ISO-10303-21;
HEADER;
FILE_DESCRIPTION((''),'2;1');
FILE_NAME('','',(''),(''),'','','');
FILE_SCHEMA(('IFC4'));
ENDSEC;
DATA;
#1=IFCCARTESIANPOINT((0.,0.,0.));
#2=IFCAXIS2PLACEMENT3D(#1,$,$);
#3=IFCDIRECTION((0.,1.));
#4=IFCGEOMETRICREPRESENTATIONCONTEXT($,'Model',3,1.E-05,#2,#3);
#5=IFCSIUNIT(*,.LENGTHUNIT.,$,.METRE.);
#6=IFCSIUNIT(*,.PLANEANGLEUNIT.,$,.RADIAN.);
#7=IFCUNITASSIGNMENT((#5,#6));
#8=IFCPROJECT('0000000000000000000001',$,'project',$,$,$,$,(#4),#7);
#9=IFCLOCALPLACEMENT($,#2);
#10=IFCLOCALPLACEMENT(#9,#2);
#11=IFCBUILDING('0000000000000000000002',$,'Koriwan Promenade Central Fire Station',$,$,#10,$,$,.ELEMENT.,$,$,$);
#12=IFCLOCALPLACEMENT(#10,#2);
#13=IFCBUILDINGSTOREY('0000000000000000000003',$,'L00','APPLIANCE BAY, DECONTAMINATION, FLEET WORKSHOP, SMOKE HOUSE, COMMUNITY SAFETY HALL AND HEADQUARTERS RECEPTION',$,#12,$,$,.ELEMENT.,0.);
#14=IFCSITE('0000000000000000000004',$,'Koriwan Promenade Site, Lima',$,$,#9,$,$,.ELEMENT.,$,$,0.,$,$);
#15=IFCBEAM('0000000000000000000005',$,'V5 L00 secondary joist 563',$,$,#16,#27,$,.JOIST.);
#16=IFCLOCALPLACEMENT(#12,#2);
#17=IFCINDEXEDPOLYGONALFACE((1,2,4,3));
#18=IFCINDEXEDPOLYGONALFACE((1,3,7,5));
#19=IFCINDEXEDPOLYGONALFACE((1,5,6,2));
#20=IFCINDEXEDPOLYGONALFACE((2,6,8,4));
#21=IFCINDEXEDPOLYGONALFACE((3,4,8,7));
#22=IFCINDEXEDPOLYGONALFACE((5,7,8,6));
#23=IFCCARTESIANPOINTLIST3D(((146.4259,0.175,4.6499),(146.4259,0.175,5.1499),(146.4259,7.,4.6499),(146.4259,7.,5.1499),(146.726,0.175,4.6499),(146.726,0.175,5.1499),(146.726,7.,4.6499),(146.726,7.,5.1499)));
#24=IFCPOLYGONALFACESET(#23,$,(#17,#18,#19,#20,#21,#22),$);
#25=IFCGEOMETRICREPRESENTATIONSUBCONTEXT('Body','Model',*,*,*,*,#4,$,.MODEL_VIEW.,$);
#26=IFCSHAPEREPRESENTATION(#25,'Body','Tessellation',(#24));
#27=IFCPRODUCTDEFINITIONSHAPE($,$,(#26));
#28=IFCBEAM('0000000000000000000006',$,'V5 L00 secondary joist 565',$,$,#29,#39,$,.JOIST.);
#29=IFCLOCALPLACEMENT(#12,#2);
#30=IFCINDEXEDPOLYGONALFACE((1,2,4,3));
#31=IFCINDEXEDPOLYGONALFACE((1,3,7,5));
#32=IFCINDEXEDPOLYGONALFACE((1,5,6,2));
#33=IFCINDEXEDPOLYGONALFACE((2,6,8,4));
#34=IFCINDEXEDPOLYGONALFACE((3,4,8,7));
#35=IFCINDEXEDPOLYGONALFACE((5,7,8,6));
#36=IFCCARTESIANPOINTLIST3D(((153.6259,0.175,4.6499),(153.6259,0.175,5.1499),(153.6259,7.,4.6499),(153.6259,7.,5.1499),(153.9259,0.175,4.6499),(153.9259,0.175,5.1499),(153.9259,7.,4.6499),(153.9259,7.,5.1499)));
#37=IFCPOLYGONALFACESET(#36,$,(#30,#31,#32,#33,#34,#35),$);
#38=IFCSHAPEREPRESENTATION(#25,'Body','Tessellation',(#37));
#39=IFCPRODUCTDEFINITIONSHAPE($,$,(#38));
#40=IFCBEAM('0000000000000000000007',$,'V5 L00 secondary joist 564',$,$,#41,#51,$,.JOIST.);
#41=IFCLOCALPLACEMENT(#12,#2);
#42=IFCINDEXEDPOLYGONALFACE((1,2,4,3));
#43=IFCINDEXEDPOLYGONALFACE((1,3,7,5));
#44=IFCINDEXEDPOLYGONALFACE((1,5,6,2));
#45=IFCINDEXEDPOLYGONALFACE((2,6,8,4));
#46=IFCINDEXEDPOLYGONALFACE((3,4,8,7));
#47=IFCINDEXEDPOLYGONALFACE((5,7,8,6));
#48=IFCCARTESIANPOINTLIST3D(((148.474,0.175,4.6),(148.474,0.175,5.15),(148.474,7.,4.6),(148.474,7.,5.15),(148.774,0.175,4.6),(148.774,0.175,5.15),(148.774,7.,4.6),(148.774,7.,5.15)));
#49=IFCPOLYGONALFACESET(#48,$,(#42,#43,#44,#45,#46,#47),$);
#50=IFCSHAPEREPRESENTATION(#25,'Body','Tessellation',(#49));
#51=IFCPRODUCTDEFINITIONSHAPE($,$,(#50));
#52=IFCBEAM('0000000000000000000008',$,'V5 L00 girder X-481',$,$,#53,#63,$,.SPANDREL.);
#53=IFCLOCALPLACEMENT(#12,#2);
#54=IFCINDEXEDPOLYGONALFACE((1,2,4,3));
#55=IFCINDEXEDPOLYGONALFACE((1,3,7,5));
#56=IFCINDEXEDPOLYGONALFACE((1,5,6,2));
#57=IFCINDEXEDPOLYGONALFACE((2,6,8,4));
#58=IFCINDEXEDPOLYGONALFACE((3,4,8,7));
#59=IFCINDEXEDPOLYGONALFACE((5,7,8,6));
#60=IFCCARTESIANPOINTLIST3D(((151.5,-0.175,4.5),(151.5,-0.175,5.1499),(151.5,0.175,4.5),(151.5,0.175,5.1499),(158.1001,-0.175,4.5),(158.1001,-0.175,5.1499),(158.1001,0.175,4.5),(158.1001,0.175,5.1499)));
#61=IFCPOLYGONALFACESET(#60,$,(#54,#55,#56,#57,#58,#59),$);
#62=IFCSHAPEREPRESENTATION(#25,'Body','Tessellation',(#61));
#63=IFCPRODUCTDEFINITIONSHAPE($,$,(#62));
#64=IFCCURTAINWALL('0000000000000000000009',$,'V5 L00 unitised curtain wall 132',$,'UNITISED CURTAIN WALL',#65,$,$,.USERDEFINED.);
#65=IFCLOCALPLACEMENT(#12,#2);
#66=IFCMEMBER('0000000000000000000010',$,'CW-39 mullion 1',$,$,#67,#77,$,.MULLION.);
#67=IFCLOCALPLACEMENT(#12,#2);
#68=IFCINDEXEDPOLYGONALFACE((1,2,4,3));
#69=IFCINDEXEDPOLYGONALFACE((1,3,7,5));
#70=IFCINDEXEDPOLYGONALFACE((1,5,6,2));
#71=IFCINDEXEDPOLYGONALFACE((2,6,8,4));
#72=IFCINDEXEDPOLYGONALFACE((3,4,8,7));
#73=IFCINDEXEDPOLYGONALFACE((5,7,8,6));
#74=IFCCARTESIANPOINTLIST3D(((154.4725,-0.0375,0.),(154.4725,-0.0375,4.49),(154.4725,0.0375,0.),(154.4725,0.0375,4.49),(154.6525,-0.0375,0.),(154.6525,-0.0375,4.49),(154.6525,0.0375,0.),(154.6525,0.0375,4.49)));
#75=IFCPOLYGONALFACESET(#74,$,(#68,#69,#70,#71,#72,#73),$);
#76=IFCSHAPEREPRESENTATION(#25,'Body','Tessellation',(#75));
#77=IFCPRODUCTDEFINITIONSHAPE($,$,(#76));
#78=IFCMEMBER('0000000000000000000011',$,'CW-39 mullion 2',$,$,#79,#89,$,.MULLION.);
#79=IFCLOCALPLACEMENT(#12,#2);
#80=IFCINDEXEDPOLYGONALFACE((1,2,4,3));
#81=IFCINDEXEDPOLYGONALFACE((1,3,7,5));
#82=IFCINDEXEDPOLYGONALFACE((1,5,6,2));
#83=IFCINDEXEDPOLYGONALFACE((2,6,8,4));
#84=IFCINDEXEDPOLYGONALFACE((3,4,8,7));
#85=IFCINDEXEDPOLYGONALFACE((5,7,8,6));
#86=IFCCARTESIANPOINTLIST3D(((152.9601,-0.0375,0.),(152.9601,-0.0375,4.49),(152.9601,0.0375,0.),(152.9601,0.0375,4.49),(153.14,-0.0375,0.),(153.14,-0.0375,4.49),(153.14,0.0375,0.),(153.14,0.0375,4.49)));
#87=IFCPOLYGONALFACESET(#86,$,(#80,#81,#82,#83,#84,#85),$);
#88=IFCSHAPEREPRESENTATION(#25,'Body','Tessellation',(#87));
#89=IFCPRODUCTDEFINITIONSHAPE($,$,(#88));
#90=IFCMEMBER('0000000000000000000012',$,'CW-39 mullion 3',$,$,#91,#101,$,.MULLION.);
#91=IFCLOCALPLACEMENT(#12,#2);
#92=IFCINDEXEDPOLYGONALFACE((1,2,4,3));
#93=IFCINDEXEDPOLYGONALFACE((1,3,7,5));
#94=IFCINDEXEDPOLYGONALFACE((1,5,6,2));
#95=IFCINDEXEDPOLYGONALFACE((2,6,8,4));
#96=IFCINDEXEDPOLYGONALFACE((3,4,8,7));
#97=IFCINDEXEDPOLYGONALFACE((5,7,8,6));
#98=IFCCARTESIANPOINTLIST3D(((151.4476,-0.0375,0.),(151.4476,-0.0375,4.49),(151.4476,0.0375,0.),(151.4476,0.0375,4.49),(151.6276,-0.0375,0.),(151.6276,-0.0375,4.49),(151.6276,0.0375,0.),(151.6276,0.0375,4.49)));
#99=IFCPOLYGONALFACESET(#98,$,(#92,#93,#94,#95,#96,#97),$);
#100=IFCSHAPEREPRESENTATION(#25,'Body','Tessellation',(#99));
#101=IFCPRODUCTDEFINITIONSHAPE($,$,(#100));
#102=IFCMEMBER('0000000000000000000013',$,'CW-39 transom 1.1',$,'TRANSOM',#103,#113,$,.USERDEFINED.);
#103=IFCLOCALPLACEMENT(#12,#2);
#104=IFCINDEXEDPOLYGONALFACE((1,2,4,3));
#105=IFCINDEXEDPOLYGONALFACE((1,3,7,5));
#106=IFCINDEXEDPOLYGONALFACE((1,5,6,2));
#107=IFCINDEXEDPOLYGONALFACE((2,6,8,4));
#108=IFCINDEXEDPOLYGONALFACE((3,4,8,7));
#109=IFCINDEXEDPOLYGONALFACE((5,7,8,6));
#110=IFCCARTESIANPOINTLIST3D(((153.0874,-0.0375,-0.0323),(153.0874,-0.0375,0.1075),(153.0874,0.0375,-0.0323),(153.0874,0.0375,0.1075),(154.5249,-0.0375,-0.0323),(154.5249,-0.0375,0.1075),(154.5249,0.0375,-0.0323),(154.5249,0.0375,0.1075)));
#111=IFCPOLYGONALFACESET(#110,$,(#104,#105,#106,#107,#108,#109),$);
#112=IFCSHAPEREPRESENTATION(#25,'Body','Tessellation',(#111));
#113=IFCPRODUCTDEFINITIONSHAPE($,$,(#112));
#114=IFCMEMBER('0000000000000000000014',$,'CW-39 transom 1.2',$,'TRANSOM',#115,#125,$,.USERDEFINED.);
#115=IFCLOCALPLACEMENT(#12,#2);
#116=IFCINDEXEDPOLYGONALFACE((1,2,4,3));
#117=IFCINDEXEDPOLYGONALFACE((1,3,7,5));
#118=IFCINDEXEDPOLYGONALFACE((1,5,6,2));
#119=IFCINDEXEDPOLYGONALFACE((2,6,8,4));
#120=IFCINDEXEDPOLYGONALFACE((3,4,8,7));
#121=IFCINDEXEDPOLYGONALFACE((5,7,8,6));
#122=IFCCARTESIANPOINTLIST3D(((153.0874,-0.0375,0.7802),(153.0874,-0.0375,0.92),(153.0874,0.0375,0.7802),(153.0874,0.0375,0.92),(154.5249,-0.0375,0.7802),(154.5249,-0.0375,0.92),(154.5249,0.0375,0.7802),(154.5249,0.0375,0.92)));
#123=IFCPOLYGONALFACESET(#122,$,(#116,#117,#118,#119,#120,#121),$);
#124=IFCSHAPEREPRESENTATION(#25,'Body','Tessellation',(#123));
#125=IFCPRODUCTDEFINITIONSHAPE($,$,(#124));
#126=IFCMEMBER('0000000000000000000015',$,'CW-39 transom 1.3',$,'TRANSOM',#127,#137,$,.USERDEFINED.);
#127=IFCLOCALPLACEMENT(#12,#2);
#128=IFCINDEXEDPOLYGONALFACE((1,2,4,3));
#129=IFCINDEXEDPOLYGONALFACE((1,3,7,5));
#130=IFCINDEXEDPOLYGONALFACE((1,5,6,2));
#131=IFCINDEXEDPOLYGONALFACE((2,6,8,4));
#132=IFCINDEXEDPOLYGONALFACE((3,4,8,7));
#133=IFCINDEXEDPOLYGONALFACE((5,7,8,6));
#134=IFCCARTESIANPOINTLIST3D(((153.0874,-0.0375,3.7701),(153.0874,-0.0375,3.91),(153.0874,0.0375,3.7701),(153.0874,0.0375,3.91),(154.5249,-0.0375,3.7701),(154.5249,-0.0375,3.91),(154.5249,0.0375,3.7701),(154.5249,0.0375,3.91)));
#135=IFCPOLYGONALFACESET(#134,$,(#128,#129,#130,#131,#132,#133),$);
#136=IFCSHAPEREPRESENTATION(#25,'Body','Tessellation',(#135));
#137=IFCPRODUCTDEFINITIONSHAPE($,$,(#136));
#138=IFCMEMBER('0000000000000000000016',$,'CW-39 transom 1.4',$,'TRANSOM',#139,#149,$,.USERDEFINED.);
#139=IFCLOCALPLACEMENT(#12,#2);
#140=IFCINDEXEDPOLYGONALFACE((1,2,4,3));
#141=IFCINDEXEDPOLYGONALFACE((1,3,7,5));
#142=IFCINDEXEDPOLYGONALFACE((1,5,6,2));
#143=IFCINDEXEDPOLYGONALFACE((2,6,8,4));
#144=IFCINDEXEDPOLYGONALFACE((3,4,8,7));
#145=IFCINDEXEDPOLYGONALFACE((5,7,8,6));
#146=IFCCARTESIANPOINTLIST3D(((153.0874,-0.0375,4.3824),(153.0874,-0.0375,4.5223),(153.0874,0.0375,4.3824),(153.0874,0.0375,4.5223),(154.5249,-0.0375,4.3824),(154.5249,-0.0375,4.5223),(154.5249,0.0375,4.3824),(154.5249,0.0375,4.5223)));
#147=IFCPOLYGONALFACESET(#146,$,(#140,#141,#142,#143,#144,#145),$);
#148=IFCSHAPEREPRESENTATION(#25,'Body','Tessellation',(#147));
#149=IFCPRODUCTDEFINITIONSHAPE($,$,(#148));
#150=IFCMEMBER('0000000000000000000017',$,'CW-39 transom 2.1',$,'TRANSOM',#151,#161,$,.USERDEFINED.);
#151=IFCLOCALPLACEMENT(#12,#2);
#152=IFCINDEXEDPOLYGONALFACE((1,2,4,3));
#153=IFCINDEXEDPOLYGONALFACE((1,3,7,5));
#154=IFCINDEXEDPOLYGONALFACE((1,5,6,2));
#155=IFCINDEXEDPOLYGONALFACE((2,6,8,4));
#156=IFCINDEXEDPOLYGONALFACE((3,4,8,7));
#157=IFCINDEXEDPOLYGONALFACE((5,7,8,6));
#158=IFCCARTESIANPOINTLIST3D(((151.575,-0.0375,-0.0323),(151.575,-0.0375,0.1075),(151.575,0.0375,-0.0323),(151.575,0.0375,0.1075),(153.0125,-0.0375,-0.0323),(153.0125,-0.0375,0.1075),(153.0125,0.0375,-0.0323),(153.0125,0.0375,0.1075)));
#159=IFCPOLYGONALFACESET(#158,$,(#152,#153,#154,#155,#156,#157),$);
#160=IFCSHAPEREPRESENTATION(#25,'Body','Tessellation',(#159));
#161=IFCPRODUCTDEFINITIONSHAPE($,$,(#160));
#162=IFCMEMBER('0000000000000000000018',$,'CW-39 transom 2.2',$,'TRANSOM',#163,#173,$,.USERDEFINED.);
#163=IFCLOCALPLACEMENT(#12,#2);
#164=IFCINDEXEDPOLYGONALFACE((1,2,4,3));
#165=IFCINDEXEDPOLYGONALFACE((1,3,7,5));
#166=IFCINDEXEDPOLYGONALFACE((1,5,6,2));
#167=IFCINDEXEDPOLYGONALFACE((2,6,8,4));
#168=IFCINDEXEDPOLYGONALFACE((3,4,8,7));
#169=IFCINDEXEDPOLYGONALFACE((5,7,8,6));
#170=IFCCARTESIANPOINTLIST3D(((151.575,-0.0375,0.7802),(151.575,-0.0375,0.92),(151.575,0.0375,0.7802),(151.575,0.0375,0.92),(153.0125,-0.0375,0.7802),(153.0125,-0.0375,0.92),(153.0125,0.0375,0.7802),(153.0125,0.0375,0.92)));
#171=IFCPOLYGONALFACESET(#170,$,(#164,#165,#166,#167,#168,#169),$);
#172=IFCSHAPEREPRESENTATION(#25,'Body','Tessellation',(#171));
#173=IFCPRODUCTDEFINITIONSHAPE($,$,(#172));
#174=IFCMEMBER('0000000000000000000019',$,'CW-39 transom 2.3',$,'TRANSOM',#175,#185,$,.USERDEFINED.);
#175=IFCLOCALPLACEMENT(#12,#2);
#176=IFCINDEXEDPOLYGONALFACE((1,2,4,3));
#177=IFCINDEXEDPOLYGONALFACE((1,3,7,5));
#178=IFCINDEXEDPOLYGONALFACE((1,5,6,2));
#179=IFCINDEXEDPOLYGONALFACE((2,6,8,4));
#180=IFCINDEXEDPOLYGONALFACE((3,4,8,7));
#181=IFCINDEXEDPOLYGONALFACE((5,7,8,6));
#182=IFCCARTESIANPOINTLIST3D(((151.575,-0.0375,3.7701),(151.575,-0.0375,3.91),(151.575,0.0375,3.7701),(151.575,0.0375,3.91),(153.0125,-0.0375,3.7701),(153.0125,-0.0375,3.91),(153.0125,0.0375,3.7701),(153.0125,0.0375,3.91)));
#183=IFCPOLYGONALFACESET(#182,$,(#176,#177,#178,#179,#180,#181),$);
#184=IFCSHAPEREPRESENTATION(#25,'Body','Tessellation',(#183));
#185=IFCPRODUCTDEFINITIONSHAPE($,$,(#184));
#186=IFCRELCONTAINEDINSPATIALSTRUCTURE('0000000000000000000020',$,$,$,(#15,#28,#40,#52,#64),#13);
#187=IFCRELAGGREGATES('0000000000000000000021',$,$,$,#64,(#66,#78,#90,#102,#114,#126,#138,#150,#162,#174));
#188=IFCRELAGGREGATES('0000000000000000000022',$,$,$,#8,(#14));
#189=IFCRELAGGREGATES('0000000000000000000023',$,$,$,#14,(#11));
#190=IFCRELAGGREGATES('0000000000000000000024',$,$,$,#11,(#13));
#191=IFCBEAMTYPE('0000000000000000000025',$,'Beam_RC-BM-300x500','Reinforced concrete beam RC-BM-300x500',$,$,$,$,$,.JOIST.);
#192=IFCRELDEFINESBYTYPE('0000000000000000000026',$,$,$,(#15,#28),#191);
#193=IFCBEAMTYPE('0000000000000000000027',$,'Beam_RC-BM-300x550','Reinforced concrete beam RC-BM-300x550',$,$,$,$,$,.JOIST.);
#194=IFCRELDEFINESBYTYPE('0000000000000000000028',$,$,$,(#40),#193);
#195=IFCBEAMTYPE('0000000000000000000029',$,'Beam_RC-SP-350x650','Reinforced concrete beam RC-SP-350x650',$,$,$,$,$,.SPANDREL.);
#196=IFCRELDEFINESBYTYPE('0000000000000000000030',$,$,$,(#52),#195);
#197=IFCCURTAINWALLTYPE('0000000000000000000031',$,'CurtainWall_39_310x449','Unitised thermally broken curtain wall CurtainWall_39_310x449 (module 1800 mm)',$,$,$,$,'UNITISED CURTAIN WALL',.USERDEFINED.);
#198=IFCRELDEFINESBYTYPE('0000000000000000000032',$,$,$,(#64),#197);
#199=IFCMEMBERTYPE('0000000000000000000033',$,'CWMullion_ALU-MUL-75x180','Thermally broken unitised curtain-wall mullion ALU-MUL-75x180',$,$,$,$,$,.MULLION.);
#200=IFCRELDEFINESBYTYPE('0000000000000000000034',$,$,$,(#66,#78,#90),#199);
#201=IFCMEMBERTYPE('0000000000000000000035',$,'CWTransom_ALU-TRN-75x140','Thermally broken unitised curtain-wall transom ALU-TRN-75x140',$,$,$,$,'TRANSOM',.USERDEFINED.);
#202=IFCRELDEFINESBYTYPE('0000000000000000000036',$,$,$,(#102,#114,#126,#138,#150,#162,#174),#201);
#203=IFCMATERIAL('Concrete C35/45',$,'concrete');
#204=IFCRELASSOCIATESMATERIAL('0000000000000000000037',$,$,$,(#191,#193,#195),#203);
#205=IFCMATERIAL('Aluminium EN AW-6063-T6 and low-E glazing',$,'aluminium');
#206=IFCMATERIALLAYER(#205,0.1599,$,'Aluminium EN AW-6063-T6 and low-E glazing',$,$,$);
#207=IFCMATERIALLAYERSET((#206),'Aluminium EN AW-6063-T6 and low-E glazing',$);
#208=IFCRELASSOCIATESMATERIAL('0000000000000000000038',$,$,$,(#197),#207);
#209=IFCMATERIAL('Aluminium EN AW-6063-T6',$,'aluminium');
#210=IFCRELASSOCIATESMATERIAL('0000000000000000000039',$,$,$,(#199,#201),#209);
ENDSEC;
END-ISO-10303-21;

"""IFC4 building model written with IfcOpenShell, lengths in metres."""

from ifc_helpers import new_model, si_unit, direction, frame, origin, origin_2d, place, context, subcontext, project, spatial, rectangle, extrude, material, layer, layer_set, material_profile, profile_set, type_object, element, aggregate, save


model = new_model("IFC4")

# Units and contexts
model_context = context("Model", 3, precision=1e-05, world=origin(), true_north=direction((0.0, 1.0)))
body_context = subcontext(model_context, "Body", "Model", "MODEL_VIEW")
ifc_project = project(units=[si_unit("LENGTHUNIT", "METRE"), si_unit("PLANEANGLEUNIT", "RADIAN")], contexts=[model_context])

# Site, building, storey
site_placement = place(None, origin())
site = spatial("IfcSite", under=ifc_project, at=site_placement, Name="Koriwan Promenade Site, Lima", CompositionType="ELEMENT", RefElevation=0.0)
building_placement = place(site_placement, origin())
building = spatial("IfcBuilding", under=site, at=building_placement, Name="Koriwan Promenade Central Fire Station", CompositionType="ELEMENT")
storey_placement = place(building_placement, origin())
storey = spatial("IfcBuildingStorey", under=building, at=storey_placement, Name="L00", Description="APPLIANCE BAY, DECONTAMINATION, FLEET WORKSHOP, SMOKE HOUSE, COMMUNITY SAFETY HALL AND HEADQUARTERS RECEPTION", CompositionType="ELEMENT", Elevation=0.0)

# Shared definitions
ifc_material_1 = material(Name="Concrete C35/45", Category="concrete")

# Beams
ifc_material_profile_1 = material_profile(ifc_material_1, rectangle(XDim=0.3, YDim=0.5, at=origin_2d()), Name="RC-BM-300x500")
ifc_profile_set_1 = profile_set([ifc_material_profile_1], Name="Concrete C35/45")
beam_type_1 = type_object("IfcBeamType", Name="Beam_RC-BM-300x500", Description="Reinforced concrete beam RC-BM-300x500", PredefinedType="JOIST", material=ifc_profile_set_1)
for number, where, z_axis, x_axis, name in (
    (1, (146.5759, 0.175, 4.8999), (0.0, 1.0, 0.0), (-1.0, 0.0, 0.0), "V5 L00 secondary joist 563"),
    (2, (153.7759, 0.175, 4.8999), (0.0, 1.0, 0.0), (-1.0, 0.0, 0.0), "V5 L00 secondary joist 565"),
):
    element("IfcBeam", number, at=place(storey_placement, frame(where, z_axis=z_axis, x_axis=x_axis)), inside=storey, type_object=beam_type_1, Name=name, PredefinedType="JOIST", context=body_context, shape_type="SweptSolid", body=[
        extrude(rectangle(XDim=0.3, YDim=0.5, at=origin_2d()), origin(), (0.0, 0.0, 1.0), 6.825),
    ])
ifc_material_profile_2 = material_profile(ifc_material_1, rectangle(XDim=0.3, YDim=0.55, at=origin_2d()), Name="RC-BM-300x550")
ifc_profile_set_2 = profile_set([ifc_material_profile_2], Name="Concrete C35/45")
beam_type_2 = type_object("IfcBeamType", Name="Beam_RC-BM-300x550", Description="Reinforced concrete beam RC-BM-300x550", PredefinedType="JOIST", material=ifc_profile_set_2)
beam_1_placement = place(storey_placement, frame((148.624, 0.175, 4.875), z_axis=(0.0, 1.0, 0.0), x_axis=(-1.0, 0.0, 0.0)))
element("IfcBeam", 3, at=beam_1_placement, inside=storey, type_object=beam_type_2, Name="V5 L00 secondary joist 564", PredefinedType="JOIST", context=body_context, shape_type="SweptSolid", body=[
    extrude(rectangle(XDim=0.3, YDim=0.55, at=origin_2d()), origin(), (0.0, 0.0, 1.0), 6.825),
])
ifc_material_profile_3 = material_profile(ifc_material_1, rectangle(XDim=0.3501, YDim=0.6499, at=origin_2d()), Name="RC-SP-350x650")
ifc_profile_set_3 = profile_set([ifc_material_profile_3], Name="Concrete C35/45")
beam_type_3 = type_object("IfcBeamType", Name="Beam_RC-SP-350x650", Description="Reinforced concrete beam RC-SP-350x650", PredefinedType="SPANDREL", material=ifc_profile_set_3)
beam_2_placement = place(storey_placement, frame((151.5, 0.0, 4.825), z_axis=(1.0, 0.0, 0.0), x_axis=(0.0, 1.0, 0.0)))
element("IfcBeam", 4, at=beam_2_placement, inside=storey, type_object=beam_type_3, Name="V5 L00 girder X-481", PredefinedType="SPANDREL", context=body_context, shape_type="SweptSolid", body=[
    extrude(rectangle(XDim=0.3501, YDim=0.6499, at=origin_2d()), origin(), (0.0, 0.0, 1.0), 6.6001),
])

# Curtain wall, members
ifc_material_2 = material(Name="Aluminium EN AW-6063-T6 and low-E glazing", Category="aluminium")
ifc_layer_1 = layer(ifc_material_2, 0.1599, Name="Aluminium EN AW-6063-T6 and low-E glazing")
ifc_layer_set_1 = layer_set([ifc_layer_1], Name="Aluminium EN AW-6063-T6 and low-E glazing")
curtain_wall_type = type_object("IfcCurtainWallType", Name="CurtainWall_39_310x449", Description="Unitised thermally broken curtain wall CurtainWall_39_310x449 (module 1800 mm)", ElementType="UNITISED CURTAIN WALL", PredefinedType="USERDEFINED", material=ifc_layer_set_1)
curtain_wall_placement = place(storey_placement, origin())
curtain_wall = element("IfcCurtainWall", 5, at=curtain_wall_placement, inside=storey, type_object=curtain_wall_type, Name="V5 L00 unitised curtain wall 132", ObjectType="UNITISED CURTAIN WALL", PredefinedType="USERDEFINED")
ifc_material_3 = material(Name="Aluminium EN AW-6063-T6", Category="aluminium")
ifc_material_profile_4 = material_profile(ifc_material_3, rectangle(XDim=0.075, YDim=0.1799, at=origin_2d()), Name="ALU-MUL-75x180")
ifc_profile_set_4 = profile_set([ifc_material_profile_4], Name="Aluminium EN AW-6063-T6")
member_type_1 = type_object("IfcMemberType", Name="CWMullion_ALU-MUL-75x180", Description="Thermally broken unitised curtain-wall mullion ALU-MUL-75x180", PredefinedType="MULLION", material=ifc_profile_set_4)
member_1_placement = place(storey_placement, frame((154.5625, 0.0, 0.0), z_axis=(0.0, 0.0, 1.0), x_axis=(0.0, -1.0, 0.0)))
member_1 = element("IfcMember", 6, at=member_1_placement, type_object=member_type_1, Name="CW-39 mullion 1", PredefinedType="MULLION", context=body_context, shape_type="SweptSolid", body=[
    extrude(rectangle(XDim=0.075, YDim=0.1799, at=origin_2d()), origin(), (0.0, 0.0, 1.0), 4.49),
])
member_2_placement = place(storey_placement, frame((153.05, 0.0, 0.0), z_axis=(0.0, 0.0, 1.0), x_axis=(0.0, -1.0, 0.0)))
member_2 = element("IfcMember", 7, at=member_2_placement, type_object=member_type_1, Name="CW-39 mullion 2", PredefinedType="MULLION", context=body_context, shape_type="SweptSolid", body=[
    extrude(rectangle(XDim=0.075, YDim=0.1799, at=origin_2d()), origin(), (0.0, 0.0, 1.0), 4.49),
])
member_3_placement = place(storey_placement, frame((151.5376, 0.0, 0.0), z_axis=(0.0, 0.0, 1.0), x_axis=(0.0, -1.0, 0.0)))
member_3 = element("IfcMember", 8, at=member_3_placement, type_object=member_type_1, Name="CW-39 mullion 3", PredefinedType="MULLION", context=body_context, shape_type="SweptSolid", body=[
    extrude(rectangle(XDim=0.075, YDim=0.1799, at=origin_2d()), origin(), (0.0, 0.0, 1.0), 4.49),
])
ifc_material_profile_5 = material_profile(ifc_material_3, rectangle(XDim=0.075, YDim=0.1399, at=origin_2d()), Name="ALU-TRN-75x140")
ifc_profile_set_5 = profile_set([ifc_material_profile_5], Name="Aluminium EN AW-6063-T6")
member_type_2 = type_object("IfcMemberType", Name="CWTransom_ALU-TRN-75x140", Description="Thermally broken unitised curtain-wall transom ALU-TRN-75x140", ElementType="TRANSOM", PredefinedType="USERDEFINED", material=ifc_profile_set_5)
member_4_placement = place(storey_placement, frame((154.5249, 0.0, 0.0376), z_axis=(-1.0, 0.0, 0.0), x_axis=(0.0, -1.0, 0.0)))
member_4 = element("IfcMember", 9, at=member_4_placement, type_object=member_type_2, Name="CW-39 transom 1.1", ObjectType="TRANSOM", PredefinedType="USERDEFINED", context=body_context, shape_type="SweptSolid", body=[
    extrude(rectangle(XDim=0.075, YDim=0.1399, at=origin_2d()), origin(), (0.0, 0.0, 1.0), 1.4375),
])
member_5_placement = place(storey_placement, frame((154.5249, 0.0, 0.8501), z_axis=(-1.0, 0.0, 0.0), x_axis=(0.0, -1.0, 0.0)))
member_5 = element("IfcMember", 10, at=member_5_placement, type_object=member_type_2, Name="CW-39 transom 1.2", ObjectType="TRANSOM", PredefinedType="USERDEFINED", context=body_context, shape_type="SweptSolid", body=[
    extrude(rectangle(XDim=0.075, YDim=0.1399, at=origin_2d()), origin(), (0.0, 0.0, 1.0), 1.4375),
])
member_6_placement = place(storey_placement, frame((154.5249, 0.0, 3.8401), z_axis=(-1.0, 0.0, 0.0), x_axis=(0.0, -1.0, 0.0)))
member_6 = element("IfcMember", 11, at=member_6_placement, type_object=member_type_2, Name="CW-39 transom 1.3", ObjectType="TRANSOM", PredefinedType="USERDEFINED", context=body_context, shape_type="SweptSolid", body=[
    extrude(rectangle(XDim=0.075, YDim=0.1399, at=origin_2d()), origin(), (0.0, 0.0, 1.0), 1.4375),
])
member_7_placement = place(storey_placement, frame((154.5249, 0.0, 4.4524), z_axis=(-1.0, 0.0, 0.0), x_axis=(0.0, -1.0, 0.0)))
member_7 = element("IfcMember", 12, at=member_7_placement, type_object=member_type_2, Name="CW-39 transom 1.4", ObjectType="TRANSOM", PredefinedType="USERDEFINED", context=body_context, shape_type="SweptSolid", body=[
    extrude(rectangle(XDim=0.075, YDim=0.1399, at=origin_2d()), origin(), (0.0, 0.0, 1.0), 1.4375),
])
member_8_placement = place(storey_placement, frame((153.0125, 0.0, 0.0376), z_axis=(-1.0, 0.0, 0.0), x_axis=(0.0, -1.0, 0.0)))
member_8 = element("IfcMember", 13, at=member_8_placement, type_object=member_type_2, Name="CW-39 transom 2.1", ObjectType="TRANSOM", PredefinedType="USERDEFINED", context=body_context, shape_type="SweptSolid", body=[
    extrude(rectangle(XDim=0.075, YDim=0.1399, at=origin_2d()), origin(), (0.0, 0.0, 1.0), 1.4375),
])
member_9_placement = place(storey_placement, frame((153.0125, 0.0, 0.8501), z_axis=(-1.0, 0.0, 0.0), x_axis=(0.0, -1.0, 0.0)))
member_9 = element("IfcMember", 14, at=member_9_placement, type_object=member_type_2, Name="CW-39 transom 2.2", ObjectType="TRANSOM", PredefinedType="USERDEFINED", context=body_context, shape_type="SweptSolid", body=[
    extrude(rectangle(XDim=0.075, YDim=0.1399, at=origin_2d()), origin(), (0.0, 0.0, 1.0), 1.4375),
])
member_10_placement = place(storey_placement, frame((153.0125, 0.0, 3.8401), z_axis=(-1.0, 0.0, 0.0), x_axis=(0.0, -1.0, 0.0)))
member_10 = element("IfcMember", 15, at=member_10_placement, type_object=member_type_2, Name="CW-39 transom 2.3", ObjectType="TRANSOM", PredefinedType="USERDEFINED", context=body_context, shape_type="SweptSolid", body=[
    extrude(rectangle(XDim=0.075, YDim=0.1399, at=origin_2d()), origin(), (0.0, 0.0, 1.0), 1.4375),
])

aggregate(curtain_wall, [member_1, member_2, member_3, member_4, member_5, member_6, member_7, member_8, member_9, member_10])

save(model, "model.ifc")
